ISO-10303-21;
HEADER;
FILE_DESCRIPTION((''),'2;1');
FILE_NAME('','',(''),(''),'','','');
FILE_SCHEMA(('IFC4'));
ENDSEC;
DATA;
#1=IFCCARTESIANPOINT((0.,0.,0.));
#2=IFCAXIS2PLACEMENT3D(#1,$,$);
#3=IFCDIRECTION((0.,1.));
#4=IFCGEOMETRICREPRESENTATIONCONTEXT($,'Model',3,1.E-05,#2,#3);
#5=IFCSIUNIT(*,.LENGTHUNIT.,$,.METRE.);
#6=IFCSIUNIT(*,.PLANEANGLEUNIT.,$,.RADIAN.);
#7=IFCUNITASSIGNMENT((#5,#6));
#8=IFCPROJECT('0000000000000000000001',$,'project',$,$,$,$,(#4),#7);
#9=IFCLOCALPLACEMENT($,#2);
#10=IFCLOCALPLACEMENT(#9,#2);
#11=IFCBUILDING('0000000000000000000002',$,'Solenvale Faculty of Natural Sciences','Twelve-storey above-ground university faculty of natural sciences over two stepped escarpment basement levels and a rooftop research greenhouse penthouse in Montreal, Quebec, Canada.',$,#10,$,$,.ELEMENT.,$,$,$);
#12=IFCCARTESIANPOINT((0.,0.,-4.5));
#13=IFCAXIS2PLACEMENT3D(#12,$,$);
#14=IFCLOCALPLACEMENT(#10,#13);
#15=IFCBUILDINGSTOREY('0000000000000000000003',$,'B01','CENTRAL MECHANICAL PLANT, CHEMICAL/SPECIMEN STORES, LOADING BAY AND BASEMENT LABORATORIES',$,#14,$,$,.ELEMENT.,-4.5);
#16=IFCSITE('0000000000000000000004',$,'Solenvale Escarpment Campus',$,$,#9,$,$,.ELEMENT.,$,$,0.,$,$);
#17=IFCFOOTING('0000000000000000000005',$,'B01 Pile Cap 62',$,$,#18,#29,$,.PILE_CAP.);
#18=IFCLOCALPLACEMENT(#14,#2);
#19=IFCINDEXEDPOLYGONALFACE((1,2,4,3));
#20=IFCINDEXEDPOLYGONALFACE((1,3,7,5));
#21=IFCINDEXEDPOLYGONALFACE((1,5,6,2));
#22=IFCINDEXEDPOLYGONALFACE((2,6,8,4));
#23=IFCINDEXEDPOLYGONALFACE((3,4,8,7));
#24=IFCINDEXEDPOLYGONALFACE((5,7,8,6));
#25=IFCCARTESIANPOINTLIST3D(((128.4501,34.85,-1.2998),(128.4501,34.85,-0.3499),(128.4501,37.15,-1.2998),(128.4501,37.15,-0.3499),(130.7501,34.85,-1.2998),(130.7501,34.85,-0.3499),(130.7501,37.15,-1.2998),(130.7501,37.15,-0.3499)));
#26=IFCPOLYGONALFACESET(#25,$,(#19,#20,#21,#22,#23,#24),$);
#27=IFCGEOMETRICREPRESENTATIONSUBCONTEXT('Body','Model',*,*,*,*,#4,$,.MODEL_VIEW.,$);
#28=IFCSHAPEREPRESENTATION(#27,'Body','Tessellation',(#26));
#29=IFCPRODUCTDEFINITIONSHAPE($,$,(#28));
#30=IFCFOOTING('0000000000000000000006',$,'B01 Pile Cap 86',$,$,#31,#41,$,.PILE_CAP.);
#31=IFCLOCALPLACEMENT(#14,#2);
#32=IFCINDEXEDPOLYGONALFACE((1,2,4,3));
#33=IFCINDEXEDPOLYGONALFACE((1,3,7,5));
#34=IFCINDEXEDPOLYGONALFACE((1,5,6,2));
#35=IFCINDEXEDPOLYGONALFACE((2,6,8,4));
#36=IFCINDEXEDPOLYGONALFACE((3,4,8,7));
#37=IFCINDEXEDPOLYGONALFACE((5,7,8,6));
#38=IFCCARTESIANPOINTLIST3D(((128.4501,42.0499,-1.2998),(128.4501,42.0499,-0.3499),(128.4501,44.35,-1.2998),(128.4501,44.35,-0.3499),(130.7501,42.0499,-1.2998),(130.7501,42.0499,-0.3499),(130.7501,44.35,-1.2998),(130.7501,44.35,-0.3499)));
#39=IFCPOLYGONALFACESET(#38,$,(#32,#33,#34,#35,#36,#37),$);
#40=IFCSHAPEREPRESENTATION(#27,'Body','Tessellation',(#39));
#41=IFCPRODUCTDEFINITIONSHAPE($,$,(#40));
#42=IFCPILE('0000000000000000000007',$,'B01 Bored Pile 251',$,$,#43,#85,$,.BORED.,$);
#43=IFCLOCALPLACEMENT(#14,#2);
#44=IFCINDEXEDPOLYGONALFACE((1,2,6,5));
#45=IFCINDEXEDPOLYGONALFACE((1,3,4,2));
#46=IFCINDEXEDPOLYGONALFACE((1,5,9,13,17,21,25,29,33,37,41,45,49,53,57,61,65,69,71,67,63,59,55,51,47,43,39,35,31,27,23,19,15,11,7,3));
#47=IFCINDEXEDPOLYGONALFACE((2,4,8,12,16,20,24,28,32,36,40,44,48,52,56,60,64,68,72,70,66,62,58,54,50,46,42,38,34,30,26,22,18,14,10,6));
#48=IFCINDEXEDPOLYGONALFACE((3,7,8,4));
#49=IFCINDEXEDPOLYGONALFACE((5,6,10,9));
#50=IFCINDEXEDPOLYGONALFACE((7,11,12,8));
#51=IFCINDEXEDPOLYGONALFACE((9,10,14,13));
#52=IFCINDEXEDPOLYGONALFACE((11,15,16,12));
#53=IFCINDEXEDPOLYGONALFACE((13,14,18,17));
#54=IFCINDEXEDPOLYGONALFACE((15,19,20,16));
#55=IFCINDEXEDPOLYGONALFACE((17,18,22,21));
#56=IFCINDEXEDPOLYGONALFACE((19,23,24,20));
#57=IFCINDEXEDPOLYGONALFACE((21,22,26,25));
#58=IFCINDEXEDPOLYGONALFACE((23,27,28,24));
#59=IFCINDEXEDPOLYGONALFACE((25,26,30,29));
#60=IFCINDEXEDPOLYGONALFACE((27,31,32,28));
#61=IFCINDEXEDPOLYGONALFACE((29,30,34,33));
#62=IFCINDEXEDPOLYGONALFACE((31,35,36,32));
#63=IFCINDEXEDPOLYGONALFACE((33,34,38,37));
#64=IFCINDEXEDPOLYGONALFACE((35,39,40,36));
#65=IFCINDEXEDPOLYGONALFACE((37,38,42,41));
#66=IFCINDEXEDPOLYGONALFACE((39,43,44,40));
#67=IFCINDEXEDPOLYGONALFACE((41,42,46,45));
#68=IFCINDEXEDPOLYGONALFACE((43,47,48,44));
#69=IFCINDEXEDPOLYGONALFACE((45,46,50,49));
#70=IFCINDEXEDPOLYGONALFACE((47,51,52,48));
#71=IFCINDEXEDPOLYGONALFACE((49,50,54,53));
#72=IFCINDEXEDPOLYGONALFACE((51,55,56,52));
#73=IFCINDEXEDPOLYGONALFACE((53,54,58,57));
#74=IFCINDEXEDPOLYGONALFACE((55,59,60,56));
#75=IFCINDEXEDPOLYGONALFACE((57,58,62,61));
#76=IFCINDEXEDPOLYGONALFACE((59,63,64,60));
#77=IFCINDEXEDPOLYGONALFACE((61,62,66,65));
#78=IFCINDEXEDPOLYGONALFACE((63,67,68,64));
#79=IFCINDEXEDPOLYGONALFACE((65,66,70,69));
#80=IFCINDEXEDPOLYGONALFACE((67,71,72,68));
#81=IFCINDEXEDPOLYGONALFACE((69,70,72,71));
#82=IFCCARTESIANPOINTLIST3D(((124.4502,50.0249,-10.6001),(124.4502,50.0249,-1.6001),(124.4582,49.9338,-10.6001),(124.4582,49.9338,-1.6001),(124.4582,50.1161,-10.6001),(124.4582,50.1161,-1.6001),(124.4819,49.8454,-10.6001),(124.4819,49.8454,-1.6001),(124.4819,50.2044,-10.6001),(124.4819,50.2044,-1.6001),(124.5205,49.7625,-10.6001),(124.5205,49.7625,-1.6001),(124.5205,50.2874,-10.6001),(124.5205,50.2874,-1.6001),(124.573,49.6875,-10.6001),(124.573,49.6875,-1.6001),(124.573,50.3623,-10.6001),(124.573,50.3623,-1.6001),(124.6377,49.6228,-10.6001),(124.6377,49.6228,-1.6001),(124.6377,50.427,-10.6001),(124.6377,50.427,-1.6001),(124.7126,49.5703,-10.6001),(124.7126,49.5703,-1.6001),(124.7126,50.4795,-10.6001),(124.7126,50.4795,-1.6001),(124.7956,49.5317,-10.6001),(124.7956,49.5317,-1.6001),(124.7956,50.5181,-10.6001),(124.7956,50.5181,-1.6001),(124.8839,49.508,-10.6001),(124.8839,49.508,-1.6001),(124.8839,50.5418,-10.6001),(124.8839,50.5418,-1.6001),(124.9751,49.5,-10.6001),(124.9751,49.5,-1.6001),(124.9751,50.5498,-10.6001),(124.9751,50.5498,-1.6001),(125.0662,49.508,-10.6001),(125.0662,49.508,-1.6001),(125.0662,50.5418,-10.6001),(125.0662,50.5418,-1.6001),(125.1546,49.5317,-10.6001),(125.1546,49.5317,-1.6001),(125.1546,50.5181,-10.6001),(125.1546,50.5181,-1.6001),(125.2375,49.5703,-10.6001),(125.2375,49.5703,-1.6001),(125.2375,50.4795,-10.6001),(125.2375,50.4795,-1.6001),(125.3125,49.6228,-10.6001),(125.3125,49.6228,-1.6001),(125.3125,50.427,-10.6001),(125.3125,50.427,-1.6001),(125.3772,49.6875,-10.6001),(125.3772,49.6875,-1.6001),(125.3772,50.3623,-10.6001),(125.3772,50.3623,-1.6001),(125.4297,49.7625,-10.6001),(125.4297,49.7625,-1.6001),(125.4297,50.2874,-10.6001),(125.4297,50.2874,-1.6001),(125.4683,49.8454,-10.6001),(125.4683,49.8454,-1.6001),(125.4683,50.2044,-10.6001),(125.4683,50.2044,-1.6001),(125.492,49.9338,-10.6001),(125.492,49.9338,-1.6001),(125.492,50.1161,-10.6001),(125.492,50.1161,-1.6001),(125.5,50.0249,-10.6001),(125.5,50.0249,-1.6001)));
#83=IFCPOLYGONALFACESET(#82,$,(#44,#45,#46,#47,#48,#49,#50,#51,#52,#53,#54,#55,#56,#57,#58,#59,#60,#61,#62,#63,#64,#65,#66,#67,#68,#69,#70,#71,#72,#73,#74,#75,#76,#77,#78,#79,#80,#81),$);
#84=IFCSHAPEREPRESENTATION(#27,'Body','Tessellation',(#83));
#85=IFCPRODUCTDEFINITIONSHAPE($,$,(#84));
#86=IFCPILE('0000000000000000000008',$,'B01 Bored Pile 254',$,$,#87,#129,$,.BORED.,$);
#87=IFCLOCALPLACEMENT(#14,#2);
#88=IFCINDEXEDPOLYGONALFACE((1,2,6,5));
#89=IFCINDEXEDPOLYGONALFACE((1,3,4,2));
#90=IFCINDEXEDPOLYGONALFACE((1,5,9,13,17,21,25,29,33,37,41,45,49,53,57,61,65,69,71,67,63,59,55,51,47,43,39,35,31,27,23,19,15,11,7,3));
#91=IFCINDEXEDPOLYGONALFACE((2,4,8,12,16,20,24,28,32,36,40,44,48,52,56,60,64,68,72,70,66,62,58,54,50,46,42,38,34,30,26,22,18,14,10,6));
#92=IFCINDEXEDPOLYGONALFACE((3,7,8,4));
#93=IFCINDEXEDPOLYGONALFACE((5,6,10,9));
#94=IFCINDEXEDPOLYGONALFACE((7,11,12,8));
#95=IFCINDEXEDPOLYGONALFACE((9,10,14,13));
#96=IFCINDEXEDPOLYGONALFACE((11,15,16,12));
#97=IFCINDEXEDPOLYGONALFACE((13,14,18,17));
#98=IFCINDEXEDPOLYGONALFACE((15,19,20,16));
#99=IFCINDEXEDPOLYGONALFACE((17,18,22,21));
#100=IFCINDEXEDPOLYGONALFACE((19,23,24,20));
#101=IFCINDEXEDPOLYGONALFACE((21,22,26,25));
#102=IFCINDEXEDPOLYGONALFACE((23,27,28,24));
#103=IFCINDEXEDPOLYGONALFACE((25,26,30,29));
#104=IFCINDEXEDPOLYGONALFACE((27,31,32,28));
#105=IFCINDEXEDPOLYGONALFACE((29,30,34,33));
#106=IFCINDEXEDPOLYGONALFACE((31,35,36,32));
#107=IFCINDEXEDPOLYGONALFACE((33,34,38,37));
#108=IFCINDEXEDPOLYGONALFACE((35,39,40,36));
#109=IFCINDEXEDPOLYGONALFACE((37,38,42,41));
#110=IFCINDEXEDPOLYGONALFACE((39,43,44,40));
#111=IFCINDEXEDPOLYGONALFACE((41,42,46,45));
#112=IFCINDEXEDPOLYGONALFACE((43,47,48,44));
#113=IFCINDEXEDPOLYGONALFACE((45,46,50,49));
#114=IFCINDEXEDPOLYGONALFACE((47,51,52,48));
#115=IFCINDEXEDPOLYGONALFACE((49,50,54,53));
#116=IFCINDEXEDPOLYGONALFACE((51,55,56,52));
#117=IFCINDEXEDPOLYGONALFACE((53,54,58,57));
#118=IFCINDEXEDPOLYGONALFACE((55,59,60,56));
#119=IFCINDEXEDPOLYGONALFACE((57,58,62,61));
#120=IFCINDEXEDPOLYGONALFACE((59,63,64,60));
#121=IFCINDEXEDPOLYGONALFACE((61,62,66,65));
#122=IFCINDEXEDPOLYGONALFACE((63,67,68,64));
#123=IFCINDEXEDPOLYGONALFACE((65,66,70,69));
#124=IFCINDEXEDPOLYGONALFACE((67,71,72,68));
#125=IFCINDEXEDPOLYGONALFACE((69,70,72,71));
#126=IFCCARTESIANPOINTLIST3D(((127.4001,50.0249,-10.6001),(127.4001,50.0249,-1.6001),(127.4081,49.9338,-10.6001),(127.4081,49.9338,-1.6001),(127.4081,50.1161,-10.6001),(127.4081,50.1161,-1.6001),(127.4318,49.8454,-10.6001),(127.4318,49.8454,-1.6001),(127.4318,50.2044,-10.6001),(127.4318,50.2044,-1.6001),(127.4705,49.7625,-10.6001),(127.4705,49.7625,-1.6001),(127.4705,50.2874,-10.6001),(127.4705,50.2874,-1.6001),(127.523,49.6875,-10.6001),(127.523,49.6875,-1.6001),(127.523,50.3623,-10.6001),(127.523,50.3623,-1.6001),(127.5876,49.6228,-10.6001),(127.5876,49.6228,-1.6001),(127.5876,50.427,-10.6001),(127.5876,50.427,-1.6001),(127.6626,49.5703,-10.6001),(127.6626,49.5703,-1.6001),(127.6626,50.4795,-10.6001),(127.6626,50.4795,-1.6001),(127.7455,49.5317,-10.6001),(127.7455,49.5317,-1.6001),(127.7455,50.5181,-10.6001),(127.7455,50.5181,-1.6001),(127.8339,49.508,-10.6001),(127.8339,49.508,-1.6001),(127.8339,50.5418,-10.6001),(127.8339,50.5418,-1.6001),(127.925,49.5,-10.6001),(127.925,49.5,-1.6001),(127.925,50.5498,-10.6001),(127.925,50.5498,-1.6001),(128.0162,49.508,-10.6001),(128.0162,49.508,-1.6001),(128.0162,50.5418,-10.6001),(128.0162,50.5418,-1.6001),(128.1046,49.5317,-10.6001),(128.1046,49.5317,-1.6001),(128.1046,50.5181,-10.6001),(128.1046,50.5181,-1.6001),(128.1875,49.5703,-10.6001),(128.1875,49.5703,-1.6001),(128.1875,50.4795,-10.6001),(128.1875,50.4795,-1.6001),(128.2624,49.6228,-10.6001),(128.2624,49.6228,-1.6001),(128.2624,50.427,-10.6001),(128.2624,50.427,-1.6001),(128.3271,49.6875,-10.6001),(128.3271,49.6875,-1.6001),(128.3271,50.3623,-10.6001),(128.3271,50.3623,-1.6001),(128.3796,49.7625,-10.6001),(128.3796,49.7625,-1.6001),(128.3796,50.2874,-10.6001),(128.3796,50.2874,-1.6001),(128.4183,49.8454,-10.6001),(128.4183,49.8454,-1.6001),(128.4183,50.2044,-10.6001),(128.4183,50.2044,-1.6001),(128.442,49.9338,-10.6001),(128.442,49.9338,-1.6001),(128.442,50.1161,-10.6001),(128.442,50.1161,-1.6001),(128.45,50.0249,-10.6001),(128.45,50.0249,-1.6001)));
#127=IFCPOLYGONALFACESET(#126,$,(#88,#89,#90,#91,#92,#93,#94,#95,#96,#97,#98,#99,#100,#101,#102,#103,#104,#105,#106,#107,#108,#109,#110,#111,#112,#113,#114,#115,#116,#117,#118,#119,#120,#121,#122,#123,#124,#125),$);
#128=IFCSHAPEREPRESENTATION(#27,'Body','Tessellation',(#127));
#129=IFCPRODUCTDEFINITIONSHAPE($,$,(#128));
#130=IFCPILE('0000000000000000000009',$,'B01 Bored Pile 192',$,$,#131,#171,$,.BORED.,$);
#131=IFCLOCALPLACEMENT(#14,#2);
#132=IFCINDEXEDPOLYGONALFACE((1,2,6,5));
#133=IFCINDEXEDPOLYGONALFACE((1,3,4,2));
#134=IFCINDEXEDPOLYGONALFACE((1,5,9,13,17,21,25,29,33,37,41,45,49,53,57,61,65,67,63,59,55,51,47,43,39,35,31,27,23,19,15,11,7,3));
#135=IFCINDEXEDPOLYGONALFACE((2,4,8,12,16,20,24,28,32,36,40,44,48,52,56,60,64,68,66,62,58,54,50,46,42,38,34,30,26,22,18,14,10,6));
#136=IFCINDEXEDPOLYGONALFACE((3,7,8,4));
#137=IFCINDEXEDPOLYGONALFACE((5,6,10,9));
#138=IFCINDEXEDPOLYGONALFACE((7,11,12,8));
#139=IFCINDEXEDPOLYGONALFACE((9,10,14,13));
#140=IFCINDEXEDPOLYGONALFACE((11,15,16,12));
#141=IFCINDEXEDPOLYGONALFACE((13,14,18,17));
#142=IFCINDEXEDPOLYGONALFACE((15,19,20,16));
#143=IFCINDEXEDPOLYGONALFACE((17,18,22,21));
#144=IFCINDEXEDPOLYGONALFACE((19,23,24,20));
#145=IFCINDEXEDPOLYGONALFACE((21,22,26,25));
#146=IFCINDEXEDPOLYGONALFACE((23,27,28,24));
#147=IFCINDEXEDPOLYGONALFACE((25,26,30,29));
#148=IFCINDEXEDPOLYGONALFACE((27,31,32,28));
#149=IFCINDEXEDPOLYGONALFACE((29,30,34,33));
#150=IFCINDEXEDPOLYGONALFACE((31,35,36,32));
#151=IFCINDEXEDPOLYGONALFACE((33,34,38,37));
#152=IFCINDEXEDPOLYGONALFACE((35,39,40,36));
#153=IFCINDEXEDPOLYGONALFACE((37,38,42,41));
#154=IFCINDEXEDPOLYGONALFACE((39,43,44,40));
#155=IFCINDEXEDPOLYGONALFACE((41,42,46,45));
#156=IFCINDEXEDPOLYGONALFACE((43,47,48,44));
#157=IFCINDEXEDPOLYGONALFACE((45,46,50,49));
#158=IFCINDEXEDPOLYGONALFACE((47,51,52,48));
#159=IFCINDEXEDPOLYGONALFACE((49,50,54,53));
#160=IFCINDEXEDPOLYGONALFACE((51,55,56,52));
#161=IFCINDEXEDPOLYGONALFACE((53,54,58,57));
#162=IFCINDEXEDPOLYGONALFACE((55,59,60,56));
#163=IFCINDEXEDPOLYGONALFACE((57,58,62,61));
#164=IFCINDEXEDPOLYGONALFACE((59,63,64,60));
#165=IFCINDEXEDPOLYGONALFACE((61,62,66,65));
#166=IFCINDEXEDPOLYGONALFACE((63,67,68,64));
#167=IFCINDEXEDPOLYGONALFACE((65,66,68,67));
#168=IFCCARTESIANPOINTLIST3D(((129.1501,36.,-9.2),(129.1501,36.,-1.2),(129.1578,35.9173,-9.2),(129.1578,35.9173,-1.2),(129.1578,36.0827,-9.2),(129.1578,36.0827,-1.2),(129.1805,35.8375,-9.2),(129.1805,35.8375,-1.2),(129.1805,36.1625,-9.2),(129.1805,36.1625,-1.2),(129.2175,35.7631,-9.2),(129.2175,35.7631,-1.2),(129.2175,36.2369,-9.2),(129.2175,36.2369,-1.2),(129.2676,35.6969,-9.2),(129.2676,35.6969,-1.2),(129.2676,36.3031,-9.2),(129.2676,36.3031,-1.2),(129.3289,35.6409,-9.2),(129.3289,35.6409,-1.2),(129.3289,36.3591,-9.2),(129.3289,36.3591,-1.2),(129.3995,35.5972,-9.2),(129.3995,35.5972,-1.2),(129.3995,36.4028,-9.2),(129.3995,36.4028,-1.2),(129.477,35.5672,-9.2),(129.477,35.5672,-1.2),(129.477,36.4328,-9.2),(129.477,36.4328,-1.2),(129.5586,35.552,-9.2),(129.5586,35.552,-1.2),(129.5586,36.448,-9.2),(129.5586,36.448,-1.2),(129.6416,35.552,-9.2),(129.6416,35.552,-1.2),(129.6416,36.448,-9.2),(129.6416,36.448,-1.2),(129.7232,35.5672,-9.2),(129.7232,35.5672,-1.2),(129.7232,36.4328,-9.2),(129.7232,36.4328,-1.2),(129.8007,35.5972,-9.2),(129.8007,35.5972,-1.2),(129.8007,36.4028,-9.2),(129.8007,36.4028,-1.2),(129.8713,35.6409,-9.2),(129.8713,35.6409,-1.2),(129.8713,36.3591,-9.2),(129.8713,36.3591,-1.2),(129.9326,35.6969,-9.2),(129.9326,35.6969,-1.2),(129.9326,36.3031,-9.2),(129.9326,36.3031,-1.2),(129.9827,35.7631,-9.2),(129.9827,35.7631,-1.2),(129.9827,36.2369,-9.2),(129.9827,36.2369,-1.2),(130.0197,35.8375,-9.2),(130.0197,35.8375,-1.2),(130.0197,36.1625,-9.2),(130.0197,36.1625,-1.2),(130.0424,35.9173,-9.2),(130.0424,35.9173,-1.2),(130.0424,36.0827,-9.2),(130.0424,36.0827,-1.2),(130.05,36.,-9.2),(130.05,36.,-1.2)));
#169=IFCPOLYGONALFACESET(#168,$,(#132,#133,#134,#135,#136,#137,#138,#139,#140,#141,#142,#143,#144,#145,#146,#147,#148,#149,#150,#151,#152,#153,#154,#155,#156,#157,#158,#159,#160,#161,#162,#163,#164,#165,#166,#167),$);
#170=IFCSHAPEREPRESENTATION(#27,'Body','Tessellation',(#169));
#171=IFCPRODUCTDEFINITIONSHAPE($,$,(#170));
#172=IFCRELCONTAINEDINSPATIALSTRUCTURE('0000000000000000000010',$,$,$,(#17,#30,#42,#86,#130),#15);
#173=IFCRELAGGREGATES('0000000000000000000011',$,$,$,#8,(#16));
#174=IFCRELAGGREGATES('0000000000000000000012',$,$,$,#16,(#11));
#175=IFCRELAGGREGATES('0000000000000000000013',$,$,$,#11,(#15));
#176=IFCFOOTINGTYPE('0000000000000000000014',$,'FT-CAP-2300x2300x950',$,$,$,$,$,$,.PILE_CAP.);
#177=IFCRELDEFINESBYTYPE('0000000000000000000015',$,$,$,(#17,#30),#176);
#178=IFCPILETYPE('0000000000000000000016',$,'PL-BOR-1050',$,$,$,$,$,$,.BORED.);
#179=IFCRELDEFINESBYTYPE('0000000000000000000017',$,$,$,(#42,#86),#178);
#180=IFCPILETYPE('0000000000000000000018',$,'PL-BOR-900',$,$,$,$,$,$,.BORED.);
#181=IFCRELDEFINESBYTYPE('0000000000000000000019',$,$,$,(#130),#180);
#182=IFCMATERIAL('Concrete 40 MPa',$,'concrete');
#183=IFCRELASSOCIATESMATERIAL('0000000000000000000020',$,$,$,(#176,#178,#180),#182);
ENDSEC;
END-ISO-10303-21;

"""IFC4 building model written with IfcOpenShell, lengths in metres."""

from ifc_helpers import new_model, si_unit, direction, frame, origin, origin_2d, place, context, subcontext, project, spatial, rectangle, circle, extrude, material, material_profile, profile_set, type_object, element, save


model = new_model("IFC4")

# Units and contexts
model_context = context("Model", 3, precision=1e-05, world=origin(), true_north=direction((0.0, 1.0)))
body_context = subcontext(model_context, "Body", "Model", "MODEL_VIEW")
ifc_project = project(units=[si_unit("LENGTHUNIT", "METRE"), si_unit("PLANEANGLEUNIT", "RADIAN")], contexts=[model_context])

# Site, building, storey
site_placement = place(None, origin())
site = spatial("IfcSite", under=ifc_project, at=site_placement, Name="Solenvale Escarpment Campus", CompositionType="ELEMENT", RefElevation=0.0)
building_placement = place(site_placement, origin())
building = spatial("IfcBuilding", under=site, at=building_placement, Name="Solenvale Faculty of Natural Sciences", Description="Twelve-storey above-ground university faculty of natural sciences over two stepped escarpment basement levels and a rooftop research greenhouse penthouse in Montreal, Quebec, Canada.", CompositionType="ELEMENT")
storey_placement = place(building_placement, frame((0.0, 0.0, -4.5)))
storey = spatial("IfcBuildingStorey", under=building, at=storey_placement, Name="B01", Description="CENTRAL MECHANICAL PLANT, CHEMICAL/SPECIMEN STORES, LOADING BAY AND BASEMENT LABORATORIES", CompositionType="ELEMENT", Elevation=-4.5)

# Footings
ifc_material_1 = material(Name="Concrete 40 MPa", Category="concrete")
footing_type = type_object("IfcFootingType", Name="FT-CAP-2300x2300x950", PredefinedType="PILE_CAP", material=ifc_material_1)
for number, where, z_axis, x_axis, name in (
    (1, (129.6001, 36.0, -1.2998), (0.0, 0.0, 1.0), (1.0, 0.0, 0.0), "B01 Pile Cap 62"),
    (2, (129.6001, 43.2, -1.2998), (0.0, 0.0, 1.0), (1.0, 0.0, 0.0), "B01 Pile Cap 86"),
):
    element("IfcFooting", number, at=place(storey_placement, frame(where, z_axis=z_axis, x_axis=x_axis)), inside=storey, type_object=footing_type, Name=name, PredefinedType="PILE_CAP", context=body_context, shape_type="SweptSolid", body=[
        extrude(rectangle(XDim=2.3, YDim=2.3, at=origin_2d()), origin(), (0.0, 0.0, 1.0), 0.95),
    ])

# Piles
ifc_material_profile_1 = material_profile(ifc_material_1, circle(Radius=0.5249, at=origin_2d()), Name="PILE-D1050")
ifc_profile_set_1 = profile_set([ifc_material_profile_1], Name="Concrete 40 MPa")
pile_type_1 = type_object("IfcPileType", Name="PL-BOR-1050", PredefinedType="BORED", material=ifc_profile_set_1)
for number, where, z_axis, x_axis, name in (
    (3, (124.9751, 50.0249, -1.6001), (0.0, 0.0, -1.0), (1.0, 0.0, 0.0), "B01 Bored Pile 251"),
    (4, (127.925, 50.0249, -1.6001), (0.0, 0.0, -1.0), (1.0, 0.0, 0.0), "B01 Bored Pile 254"),
):
    element("IfcPile", number, at=place(storey_placement, frame(where, z_axis=z_axis, x_axis=x_axis)), inside=storey, type_object=pile_type_1, Name=name, PredefinedType="BORED", context=body_context, shape_type="SweptSolid", body=[
        extrude(circle(Radius=0.5249, at=origin_2d()), origin(), (0.0, 0.0, 1.0), 9.0),
    ])
ifc_material_profile_2 = material_profile(ifc_material_1, circle(Radius=0.45, at=origin_2d()), Name="PILE-D900")
ifc_profile_set_2 = profile_set([ifc_material_profile_2], Name="Concrete 40 MPa")
pile_type_2 = type_object("IfcPileType", Name="PL-BOR-900", PredefinedType="BORED", material=ifc_profile_set_2)
for number, where, z_axis, x_axis, name in (
    (5, (129.6001, 36.0, -1.2), (0.0, 0.0, -1.0), (1.0, 0.0, 0.0), "B01 Bored Pile 192"),
):
    element("IfcPile", number, at=place(storey_placement, frame(where, z_axis=z_axis, x_axis=x_axis)), inside=storey, type_object=pile_type_2, Name=name, PredefinedType="BORED", context=body_context, shape_type="SweptSolid", body=[
        extrude(circle(Radius=0.45, at=origin_2d()), origin(), (0.0, 0.0, 1.0), 8.0),
    ])

save(model, "model.ifc")
